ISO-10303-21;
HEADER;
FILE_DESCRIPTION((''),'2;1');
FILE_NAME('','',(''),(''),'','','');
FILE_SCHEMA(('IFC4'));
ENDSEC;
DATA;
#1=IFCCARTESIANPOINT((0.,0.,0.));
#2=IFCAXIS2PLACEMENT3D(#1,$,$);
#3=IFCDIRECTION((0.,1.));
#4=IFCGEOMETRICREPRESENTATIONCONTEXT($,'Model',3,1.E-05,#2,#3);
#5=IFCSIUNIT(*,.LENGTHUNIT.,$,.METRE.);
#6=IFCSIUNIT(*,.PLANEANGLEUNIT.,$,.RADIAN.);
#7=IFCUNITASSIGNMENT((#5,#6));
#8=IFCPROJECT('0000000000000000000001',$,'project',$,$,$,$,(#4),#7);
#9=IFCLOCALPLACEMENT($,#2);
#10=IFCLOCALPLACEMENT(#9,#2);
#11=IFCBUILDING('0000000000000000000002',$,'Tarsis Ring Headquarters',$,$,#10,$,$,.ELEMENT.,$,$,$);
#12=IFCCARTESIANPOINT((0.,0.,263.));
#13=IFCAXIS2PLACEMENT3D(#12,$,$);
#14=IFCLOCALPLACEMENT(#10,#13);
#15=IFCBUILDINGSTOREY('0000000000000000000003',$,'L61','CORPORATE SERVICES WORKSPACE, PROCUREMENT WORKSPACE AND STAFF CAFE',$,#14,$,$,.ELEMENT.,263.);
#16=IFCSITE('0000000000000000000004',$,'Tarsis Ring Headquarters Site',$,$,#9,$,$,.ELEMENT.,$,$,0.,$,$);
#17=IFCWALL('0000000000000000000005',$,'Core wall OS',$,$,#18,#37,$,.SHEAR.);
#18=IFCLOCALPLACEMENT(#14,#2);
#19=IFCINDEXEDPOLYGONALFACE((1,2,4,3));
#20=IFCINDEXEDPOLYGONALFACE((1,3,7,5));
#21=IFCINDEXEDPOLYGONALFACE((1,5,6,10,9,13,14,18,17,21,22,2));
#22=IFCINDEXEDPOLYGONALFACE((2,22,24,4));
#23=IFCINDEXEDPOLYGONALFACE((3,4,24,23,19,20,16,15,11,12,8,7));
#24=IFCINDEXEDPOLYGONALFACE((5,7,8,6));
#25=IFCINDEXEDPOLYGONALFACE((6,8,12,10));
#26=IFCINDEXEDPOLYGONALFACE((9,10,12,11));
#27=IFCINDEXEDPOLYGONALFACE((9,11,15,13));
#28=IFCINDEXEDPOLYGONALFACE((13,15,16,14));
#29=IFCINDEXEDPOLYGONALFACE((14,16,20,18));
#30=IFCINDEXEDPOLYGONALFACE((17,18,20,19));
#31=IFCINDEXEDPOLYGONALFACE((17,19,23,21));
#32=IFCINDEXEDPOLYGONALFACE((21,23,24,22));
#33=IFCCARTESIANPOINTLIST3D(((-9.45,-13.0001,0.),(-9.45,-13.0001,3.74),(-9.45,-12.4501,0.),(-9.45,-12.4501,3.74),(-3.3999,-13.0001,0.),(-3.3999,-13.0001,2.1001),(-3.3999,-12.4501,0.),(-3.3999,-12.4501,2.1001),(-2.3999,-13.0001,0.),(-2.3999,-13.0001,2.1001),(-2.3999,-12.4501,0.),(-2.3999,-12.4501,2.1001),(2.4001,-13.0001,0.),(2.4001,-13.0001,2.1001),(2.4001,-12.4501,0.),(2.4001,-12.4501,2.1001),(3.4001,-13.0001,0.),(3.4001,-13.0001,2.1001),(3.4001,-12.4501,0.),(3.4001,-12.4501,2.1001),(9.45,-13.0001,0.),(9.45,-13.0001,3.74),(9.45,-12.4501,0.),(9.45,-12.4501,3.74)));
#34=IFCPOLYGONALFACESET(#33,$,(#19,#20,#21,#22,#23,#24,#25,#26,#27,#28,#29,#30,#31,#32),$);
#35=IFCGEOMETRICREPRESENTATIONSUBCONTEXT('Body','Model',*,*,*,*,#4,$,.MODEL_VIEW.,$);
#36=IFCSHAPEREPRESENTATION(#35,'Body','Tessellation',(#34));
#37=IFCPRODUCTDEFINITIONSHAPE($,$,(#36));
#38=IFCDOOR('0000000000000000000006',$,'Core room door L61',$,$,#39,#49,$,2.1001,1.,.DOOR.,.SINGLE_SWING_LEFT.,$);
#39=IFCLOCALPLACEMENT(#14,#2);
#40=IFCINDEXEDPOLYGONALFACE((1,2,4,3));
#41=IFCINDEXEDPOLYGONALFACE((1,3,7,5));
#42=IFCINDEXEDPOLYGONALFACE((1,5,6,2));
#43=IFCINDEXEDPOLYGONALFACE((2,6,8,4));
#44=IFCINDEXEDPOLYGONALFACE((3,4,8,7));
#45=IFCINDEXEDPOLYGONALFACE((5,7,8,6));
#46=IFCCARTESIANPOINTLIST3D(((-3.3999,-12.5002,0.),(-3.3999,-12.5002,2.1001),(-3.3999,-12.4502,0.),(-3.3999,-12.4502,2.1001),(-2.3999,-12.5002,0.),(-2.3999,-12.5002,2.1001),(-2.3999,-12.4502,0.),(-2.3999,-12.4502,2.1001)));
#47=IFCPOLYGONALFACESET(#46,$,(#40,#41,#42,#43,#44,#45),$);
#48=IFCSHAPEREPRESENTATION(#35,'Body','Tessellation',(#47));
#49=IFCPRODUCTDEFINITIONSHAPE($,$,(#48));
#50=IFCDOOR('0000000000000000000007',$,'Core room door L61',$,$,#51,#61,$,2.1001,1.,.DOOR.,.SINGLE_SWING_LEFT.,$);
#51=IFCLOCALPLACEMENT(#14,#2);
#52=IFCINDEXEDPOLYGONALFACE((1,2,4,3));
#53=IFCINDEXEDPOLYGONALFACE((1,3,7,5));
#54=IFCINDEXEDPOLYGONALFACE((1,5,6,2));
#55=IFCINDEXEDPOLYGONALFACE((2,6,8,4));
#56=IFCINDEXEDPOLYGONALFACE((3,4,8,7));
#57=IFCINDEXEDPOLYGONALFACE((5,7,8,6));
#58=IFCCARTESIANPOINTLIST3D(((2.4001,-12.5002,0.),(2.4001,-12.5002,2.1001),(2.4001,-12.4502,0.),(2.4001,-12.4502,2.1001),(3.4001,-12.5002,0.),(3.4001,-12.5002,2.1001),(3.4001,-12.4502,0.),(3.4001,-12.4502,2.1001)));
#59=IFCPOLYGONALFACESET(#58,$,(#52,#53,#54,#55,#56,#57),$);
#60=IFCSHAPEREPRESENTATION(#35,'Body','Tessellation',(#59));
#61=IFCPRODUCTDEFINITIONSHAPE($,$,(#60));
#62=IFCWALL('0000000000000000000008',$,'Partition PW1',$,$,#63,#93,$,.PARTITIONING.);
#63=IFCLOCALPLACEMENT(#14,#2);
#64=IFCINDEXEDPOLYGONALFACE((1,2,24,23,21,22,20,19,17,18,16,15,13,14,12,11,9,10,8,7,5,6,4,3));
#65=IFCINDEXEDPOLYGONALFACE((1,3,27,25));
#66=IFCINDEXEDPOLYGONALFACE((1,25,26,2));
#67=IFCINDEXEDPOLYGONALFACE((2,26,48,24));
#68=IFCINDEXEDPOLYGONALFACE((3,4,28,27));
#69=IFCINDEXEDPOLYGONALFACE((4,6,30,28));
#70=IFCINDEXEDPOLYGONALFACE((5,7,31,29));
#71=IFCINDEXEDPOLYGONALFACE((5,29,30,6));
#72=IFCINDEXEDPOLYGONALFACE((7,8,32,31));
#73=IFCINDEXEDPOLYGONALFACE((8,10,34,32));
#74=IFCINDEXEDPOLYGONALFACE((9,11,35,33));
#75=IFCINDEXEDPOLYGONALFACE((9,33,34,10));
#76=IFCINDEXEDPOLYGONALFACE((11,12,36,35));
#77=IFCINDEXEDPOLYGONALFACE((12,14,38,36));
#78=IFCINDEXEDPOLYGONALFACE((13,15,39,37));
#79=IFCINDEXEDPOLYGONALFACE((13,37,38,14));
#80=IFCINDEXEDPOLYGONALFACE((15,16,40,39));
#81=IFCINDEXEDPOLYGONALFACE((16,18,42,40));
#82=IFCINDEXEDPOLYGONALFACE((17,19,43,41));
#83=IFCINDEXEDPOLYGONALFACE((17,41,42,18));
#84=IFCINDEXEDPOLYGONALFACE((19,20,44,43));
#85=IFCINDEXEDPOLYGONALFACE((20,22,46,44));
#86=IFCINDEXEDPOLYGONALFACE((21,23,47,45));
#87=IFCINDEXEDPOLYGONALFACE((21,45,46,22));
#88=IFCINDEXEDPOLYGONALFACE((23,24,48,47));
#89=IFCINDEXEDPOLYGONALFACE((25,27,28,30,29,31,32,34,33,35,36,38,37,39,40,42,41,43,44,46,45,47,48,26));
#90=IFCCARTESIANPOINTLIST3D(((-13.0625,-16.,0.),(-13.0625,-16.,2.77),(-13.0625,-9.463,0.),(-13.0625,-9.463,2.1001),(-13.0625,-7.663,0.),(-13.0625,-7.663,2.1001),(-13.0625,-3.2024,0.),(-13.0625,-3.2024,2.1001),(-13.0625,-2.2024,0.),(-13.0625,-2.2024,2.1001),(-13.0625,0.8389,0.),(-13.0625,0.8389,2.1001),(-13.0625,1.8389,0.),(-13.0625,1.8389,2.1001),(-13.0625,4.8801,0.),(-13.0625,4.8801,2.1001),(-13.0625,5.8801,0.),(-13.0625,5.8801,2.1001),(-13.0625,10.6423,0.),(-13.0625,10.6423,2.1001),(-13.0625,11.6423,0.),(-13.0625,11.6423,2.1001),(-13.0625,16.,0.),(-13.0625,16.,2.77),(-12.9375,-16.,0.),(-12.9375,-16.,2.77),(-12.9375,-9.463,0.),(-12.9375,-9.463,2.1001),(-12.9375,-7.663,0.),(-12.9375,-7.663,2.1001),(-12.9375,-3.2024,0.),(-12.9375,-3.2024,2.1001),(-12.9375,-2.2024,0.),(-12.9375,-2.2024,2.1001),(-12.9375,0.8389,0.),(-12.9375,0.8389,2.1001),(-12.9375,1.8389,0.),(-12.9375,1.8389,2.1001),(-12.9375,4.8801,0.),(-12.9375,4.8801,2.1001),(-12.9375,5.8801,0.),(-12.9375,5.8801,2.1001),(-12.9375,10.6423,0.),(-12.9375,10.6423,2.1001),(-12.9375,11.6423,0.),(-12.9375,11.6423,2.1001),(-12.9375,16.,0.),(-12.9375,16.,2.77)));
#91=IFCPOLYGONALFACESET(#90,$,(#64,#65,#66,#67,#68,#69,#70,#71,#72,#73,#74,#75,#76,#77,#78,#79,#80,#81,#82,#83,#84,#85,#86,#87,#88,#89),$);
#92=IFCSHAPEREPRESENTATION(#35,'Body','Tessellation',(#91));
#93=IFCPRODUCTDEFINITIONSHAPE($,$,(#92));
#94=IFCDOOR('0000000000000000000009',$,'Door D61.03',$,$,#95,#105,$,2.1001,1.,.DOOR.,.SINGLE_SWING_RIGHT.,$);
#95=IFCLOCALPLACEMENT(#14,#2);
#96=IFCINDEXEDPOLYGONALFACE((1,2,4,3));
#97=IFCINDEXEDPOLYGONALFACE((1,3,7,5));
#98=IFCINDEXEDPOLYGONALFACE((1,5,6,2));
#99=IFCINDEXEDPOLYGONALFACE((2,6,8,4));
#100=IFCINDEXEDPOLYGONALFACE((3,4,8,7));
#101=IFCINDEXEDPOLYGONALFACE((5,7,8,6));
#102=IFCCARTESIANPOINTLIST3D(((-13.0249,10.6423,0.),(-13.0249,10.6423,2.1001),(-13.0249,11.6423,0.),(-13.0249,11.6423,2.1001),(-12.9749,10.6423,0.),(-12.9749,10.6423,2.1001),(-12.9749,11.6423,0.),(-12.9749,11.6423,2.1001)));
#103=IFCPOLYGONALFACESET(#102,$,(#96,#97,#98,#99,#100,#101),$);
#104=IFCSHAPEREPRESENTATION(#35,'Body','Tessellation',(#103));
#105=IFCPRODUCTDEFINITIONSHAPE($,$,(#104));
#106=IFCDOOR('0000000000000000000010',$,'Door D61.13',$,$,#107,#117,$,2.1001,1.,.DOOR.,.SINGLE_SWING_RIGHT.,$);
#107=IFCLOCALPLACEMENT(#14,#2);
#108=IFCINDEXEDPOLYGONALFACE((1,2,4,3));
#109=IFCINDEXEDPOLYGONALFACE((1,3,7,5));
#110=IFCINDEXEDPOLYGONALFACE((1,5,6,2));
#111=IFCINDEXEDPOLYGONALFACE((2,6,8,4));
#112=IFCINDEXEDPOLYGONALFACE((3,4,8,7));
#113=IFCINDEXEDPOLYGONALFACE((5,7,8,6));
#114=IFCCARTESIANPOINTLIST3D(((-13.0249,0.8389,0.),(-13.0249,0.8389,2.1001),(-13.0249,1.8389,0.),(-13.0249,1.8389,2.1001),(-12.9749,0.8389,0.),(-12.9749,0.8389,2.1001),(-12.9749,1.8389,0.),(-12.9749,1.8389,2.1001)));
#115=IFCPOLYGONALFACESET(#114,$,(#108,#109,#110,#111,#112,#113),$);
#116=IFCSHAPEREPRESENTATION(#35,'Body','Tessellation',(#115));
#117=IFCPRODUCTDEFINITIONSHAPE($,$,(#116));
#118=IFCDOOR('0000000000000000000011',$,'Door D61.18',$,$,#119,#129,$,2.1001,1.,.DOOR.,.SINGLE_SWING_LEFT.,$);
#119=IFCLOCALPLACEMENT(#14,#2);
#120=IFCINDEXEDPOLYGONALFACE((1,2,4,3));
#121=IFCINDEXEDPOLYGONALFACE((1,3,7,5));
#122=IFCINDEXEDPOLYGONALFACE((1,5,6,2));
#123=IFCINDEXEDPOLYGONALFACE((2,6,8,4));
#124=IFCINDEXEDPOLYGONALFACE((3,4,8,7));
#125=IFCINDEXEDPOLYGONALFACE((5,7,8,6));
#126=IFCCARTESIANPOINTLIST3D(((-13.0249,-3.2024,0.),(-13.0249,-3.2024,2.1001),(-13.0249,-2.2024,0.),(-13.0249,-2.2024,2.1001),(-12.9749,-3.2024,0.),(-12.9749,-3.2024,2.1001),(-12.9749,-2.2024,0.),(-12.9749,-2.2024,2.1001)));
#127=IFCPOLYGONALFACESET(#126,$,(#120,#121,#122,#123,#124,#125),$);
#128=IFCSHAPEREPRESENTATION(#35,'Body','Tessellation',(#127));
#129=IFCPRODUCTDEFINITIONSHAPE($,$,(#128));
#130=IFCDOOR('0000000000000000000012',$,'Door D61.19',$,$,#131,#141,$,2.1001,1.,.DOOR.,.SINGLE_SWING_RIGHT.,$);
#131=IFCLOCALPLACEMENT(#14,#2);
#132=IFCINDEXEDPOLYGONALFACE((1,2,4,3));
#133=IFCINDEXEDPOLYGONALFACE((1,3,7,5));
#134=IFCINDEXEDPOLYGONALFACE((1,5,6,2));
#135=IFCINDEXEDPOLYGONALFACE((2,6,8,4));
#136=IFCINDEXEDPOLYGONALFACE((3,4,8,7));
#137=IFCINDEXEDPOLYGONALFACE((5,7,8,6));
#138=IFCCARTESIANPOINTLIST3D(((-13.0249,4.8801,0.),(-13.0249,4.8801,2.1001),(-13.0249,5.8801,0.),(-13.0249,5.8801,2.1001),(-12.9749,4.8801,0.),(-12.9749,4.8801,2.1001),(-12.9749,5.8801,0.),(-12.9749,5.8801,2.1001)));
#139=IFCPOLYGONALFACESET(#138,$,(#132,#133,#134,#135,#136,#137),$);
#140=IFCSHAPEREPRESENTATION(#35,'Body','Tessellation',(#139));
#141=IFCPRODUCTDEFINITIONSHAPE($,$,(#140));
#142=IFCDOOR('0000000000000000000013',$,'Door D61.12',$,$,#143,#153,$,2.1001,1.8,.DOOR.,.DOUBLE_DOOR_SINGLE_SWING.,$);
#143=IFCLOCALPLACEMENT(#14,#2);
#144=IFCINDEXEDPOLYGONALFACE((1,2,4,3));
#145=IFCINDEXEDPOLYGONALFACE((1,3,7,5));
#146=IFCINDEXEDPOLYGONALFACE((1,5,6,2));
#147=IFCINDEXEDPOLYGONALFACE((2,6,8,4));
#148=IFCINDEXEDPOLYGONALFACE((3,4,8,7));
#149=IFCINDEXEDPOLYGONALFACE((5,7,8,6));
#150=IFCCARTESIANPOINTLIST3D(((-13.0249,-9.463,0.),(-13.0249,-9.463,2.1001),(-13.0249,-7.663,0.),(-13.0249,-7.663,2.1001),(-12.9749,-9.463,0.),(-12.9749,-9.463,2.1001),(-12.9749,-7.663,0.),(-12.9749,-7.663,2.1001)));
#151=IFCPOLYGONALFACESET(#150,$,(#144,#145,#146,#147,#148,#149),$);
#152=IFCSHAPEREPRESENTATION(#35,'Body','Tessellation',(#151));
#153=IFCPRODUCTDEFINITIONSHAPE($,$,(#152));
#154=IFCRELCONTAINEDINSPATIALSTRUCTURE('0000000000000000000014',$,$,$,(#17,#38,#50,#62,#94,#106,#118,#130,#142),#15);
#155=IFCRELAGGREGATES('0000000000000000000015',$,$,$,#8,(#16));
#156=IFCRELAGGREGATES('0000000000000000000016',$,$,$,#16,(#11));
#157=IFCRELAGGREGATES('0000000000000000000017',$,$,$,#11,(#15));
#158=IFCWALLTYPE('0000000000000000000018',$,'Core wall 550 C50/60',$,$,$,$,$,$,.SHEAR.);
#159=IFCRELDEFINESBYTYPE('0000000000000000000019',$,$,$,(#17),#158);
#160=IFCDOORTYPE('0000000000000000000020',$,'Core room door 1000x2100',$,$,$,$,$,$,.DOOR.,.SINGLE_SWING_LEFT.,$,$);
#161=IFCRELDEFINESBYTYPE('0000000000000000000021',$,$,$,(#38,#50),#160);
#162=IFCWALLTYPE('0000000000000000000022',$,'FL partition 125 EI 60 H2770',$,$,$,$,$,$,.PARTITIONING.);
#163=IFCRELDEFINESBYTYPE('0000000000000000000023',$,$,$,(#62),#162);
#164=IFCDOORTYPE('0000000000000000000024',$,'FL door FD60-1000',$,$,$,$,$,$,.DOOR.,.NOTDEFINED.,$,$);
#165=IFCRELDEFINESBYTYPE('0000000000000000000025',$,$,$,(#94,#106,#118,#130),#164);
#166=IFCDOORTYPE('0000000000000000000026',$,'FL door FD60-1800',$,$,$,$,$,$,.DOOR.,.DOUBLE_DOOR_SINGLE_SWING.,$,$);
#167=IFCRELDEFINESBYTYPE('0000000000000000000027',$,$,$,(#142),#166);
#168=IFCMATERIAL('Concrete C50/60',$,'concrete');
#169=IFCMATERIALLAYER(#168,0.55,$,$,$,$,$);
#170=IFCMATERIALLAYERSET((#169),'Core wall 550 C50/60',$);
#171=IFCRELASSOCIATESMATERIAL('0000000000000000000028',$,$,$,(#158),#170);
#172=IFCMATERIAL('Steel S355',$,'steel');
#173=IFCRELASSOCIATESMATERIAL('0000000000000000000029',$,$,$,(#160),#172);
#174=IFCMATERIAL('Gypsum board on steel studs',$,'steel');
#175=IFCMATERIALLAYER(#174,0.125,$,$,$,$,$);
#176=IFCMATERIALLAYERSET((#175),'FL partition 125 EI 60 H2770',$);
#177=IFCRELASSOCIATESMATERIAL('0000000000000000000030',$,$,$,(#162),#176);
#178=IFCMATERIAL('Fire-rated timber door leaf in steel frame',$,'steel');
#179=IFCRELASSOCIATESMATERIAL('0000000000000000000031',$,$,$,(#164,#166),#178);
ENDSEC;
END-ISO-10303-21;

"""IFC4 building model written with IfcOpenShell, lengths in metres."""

from ifc_helpers import new_model, si_unit, direction, frame, frame_2d, origin, place, context, subcontext, project, spatial, rectangle, extrude, material, layer, layer_set, type_object, element, fill, save


model = new_model("IFC4")

# Units and contexts
model_context = context("Model", 3, precision=1e-05, world=origin(), true_north=direction((0.0, 1.0)))
body_context = subcontext(model_context, "Body", "Model", "MODEL_VIEW")
ifc_project = project(units=[si_unit("LENGTHUNIT", "METRE"), si_unit("PLANEANGLEUNIT", "RADIAN")], contexts=[model_context])

# Site, building, storey
site_placement = place(None, origin())
site = spatial("IfcSite", under=ifc_project, at=site_placement, Name="Tarsis Ring Headquarters Site", CompositionType="ELEMENT", RefElevation=0.0)
building_placement = place(site_placement, origin())
building = spatial("IfcBuilding", under=site, at=building_placement, Name="Tarsis Ring Headquarters", CompositionType="ELEMENT")
storey_placement = place(building_placement, frame((0.0, 0.0, 263.0)))
storey = spatial("IfcBuildingStorey", under=building, at=storey_placement, Name="L61", Description="CORPORATE SERVICES WORKSPACE, PROCUREMENT WORKSPACE AND STAFF CAFE", CompositionType="ELEMENT", Elevation=263.0)

# Walls, openings, doors
ifc_material_1 = material(Name="Concrete C50/60", Category="concrete")
ifc_layer_1 = layer(ifc_material_1, 0.55)
ifc_layer_set_1 = layer_set([ifc_layer_1], Name="Core wall 550 C50/60")
wall_type_1 = type_object("IfcWallType", Name="Core wall 550 C50/60", PredefinedType="SHEAR", material=ifc_layer_set_1)
ifc_material_2 = material(Name="Steel S355", Category="steel")
door_type_1 = type_object("IfcDoorType", Name="Core room door 1000x2100", OperationType="SINGLE_SWING_LEFT", PredefinedType="DOOR", material=ifc_material_2)
wall_1_placement = place(storey_placement, frame((-9.45, -12.7251, 0.0), z_axis=(0.0, 0.0, 1.0), x_axis=(1.0, 0.0, 0.0)))
wall_1 = element("IfcWall", 1, at=wall_1_placement, inside=storey, type_object=wall_type_1, Name="Core wall OS", PredefinedType="SHEAR", context=body_context, shape_type="SweptSolid", body=[
    extrude(rectangle(XDim=18.8999, YDim=0.55, at=frame_2d((9.45, 0.0))), origin(), (0.0, 0.0, 1.0), 3.74),
])
opening_1_placement = place(wall_1_placement, frame((6.05, 0.0, 0.0)))
opening_1 = element("IfcOpeningElement", 2, at=opening_1_placement, cuts=wall_1, PredefinedType="OPENING", context=body_context, shape_type="SweptSolid", body=[
    extrude(rectangle(XDim=1.0, YDim=2.1001, at=frame_2d((0.5, 1.05))), frame((0.0, 0.2849, 0.0), z_axis=(0.0, -1.0, 0.0), x_axis=(1.0, 0.0, 0.0)), (0.0, 0.0, 1.0), 0.5701),
])
opening_2_placement = place(wall_1_placement, frame((11.8501, 0.0, 0.0)))
opening_2 = element("IfcOpeningElement", 3, at=opening_2_placement, cuts=wall_1, PredefinedType="OPENING", context=body_context, shape_type="SweptSolid", body=[
    extrude(rectangle(XDim=1.0, YDim=2.1001, at=frame_2d((0.5, 1.05))), frame((0.0, 0.2849, 0.0), z_axis=(0.0, -1.0, 0.0), x_axis=(1.0, 0.0, 0.0)), (0.0, 0.0, 1.0), 0.5701),
])
door_1_placement = place(opening_1_placement, origin())
door_1 = element("IfcDoor", 4, at=door_1_placement, inside=storey, type_object=door_type_1, Name="Core room door L61", OperationType="SINGLE_SWING_LEFT", OverallHeight=2.1001, OverallWidth=1.0, PredefinedType="DOOR", context=body_context, shape_type="SweptSolid", body=[
    extrude(rectangle(XDim=1.0, YDim=2.1001, at=frame_2d((0.5, 1.05))), frame((0.0, 0.2749, 0.0), z_axis=(0.0, -1.0, 0.0), x_axis=(1.0, 0.0, 0.0)), (0.0, 0.0, 1.0), 0.05),
])
fill(opening_1, door_1)
door_2_placement = place(opening_2_placement, origin())
door_2 = element("IfcDoor", 5, at=door_2_placement, inside=storey, type_object=door_type_1, Name="Core room door L61", OperationType="SINGLE_SWING_LEFT", OverallHeight=2.1001, OverallWidth=1.0, PredefinedType="DOOR", context=body_context, shape_type="SweptSolid", body=[
    extrude(rectangle(XDim=1.0, YDim=2.1001, at=frame_2d((0.5, 1.05))), frame((0.0, 0.2749, 0.0), z_axis=(0.0, -1.0, 0.0), x_axis=(1.0, 0.0, 0.0)), (0.0, 0.0, 1.0), 0.05),
])
fill(opening_2, door_2)
ifc_material_3 = material(Name="Gypsum board on steel studs", Category="steel")
ifc_layer_2 = layer(ifc_material_3, 0.125)
ifc_layer_set_2 = layer_set([ifc_layer_2], Name="FL partition 125 EI 60 H2770")
wall_type_2 = type_object("IfcWallType", Name="FL partition 125 EI 60 H2770", PredefinedType="PARTITIONING", material=ifc_layer_set_2)
wall_2_placement = place(storey_placement, frame((-13.0, -16.0, 0.0), z_axis=(0.0, 0.0, 1.0), x_axis=(0.0, 1.0, 0.0)))
wall_2 = element("IfcWall", 6, at=wall_2_placement, inside=storey, type_object=wall_type_2, Name="Partition PW1", PredefinedType="PARTITIONING", context=body_context, shape_type="SweptSolid", body=[
    extrude(rectangle(XDim=32.0, YDim=0.125, at=frame_2d((16.0, 0.0))), origin(), (0.0, 0.0, 1.0), 2.77),
])
opening_3_placement = place(wall_2_placement, frame((26.6423, 0.0, 0.0)))
opening_3 = element("IfcOpeningElement", 7, at=opening_3_placement, cuts=wall_2, PredefinedType="OPENING", context=body_context, shape_type="SweptSolid", body=[
    extrude(rectangle(XDim=1.0, YDim=2.1001, at=frame_2d((0.5, 1.05))), frame((0.0, 0.0725, 0.0), z_axis=(0.0, -1.0, 0.0), x_axis=(1.0, 0.0, 0.0)), (0.0, 0.0, 1.0), 0.145),
])
opening_4_placement = place(wall_2_placement, frame((6.5371, 0.0, 0.0)))
opening_4 = element("IfcOpeningElement", 8, at=opening_4_placement, cuts=wall_2, PredefinedType="OPENING", context=body_context, shape_type="SweptSolid", body=[
    extrude(rectangle(XDim=1.8, YDim=2.1001, at=frame_2d((0.8999, 1.05))), frame((0.0, 0.0725, 0.0), z_axis=(0.0, -1.0, 0.0), x_axis=(1.0, 0.0, 0.0)), (0.0, 0.0, 1.0), 0.145),
])
opening_5_placement = place(wall_2_placement, frame((16.8389, 0.0, 0.0)))
opening_5 = element("IfcOpeningElement", 9, at=opening_5_placement, cuts=wall_2, PredefinedType="OPENING", context=body_context, shape_type="SweptSolid", body=[
    extrude(rectangle(XDim=1.0, YDim=2.1001, at=frame_2d((0.5, 1.05))), frame((0.0, 0.0725, 0.0), z_axis=(0.0, -1.0, 0.0), x_axis=(1.0, 0.0, 0.0)), (0.0, 0.0, 1.0), 0.145),
])
opening_6_placement = place(wall_2_placement, frame((12.7976, 0.0, 0.0)))
opening_6 = element("IfcOpeningElement", 10, at=opening_6_placement, cuts=wall_2, PredefinedType="OPENING", context=body_context, shape_type="SweptSolid", body=[
    extrude(rectangle(XDim=1.0, YDim=2.1001, at=frame_2d((0.5, 1.05))), frame((0.0, 0.0725, 0.0), z_axis=(0.0, -1.0, 0.0), x_axis=(1.0, 0.0, 0.0)), (0.0, 0.0, 1.0), 0.145),
])
opening_7_placement = place(wall_2_placement, frame((20.8801, 0.0, 0.0)))
opening_7 = element("IfcOpeningElement", 11, at=opening_7_placement, cuts=wall_2, PredefinedType="OPENING", context=body_context, shape_type="SweptSolid", body=[
    extrude(rectangle(XDim=1.0, YDim=2.1001, at=frame_2d((0.5, 1.05))), frame((0.0, 0.0725, 0.0), z_axis=(0.0, -1.0, 0.0), x_axis=(1.0, 0.0, 0.0)), (0.0, 0.0, 1.0), 0.145),
])
ifc_material_4 = material(Name="Fire-rated timber door leaf in steel frame", Category="steel")
door_type_2 = type_object("IfcDoorType", Name="FL door FD60-1000", OperationType="NOTDEFINED", PredefinedType="DOOR", material=ifc_material_4)
door_3_placement = place(opening_3_placement, origin())
door_3 = element("IfcDoor", 12, at=door_3_placement, inside=storey, type_object=door_type_2, Name="Door D61.03", OperationType="SINGLE_SWING_RIGHT", OverallHeight=2.1001, OverallWidth=1.0, PredefinedType="DOOR", context=body_context, shape_type="SweptSolid", body=[
    extrude(rectangle(XDim=1.0, YDim=2.1001, at=frame_2d((0.5, 1.05))), frame((0.0, 0.0249, 0.0), z_axis=(0.0, -1.0, 0.0), x_axis=(1.0, 0.0, 0.0)), (0.0, 0.0, 1.0), 0.05),
])
fill(opening_3, door_3)
door_4_placement = place(opening_5_placement, origin())
door_4 = element("IfcDoor", 13, at=door_4_placement, inside=storey, type_object=door_type_2, Name="Door D61.13", OperationType="SINGLE_SWING_RIGHT", OverallHeight=2.1001, OverallWidth=1.0, PredefinedType="DOOR", context=body_context, shape_type="SweptSolid", body=[
    extrude(rectangle(XDim=1.0, YDim=2.1001, at=frame_2d((0.5, 1.05))), frame((0.0, 0.0249, 0.0), z_axis=(0.0, -1.0, 0.0), x_axis=(1.0, 0.0, 0.0)), (0.0, 0.0, 1.0), 0.05),
])
fill(opening_5, door_4)
door_5_placement = place(opening_6_placement, origin())
door_5 = element("IfcDoor", 14, at=door_5_placement, inside=storey, type_object=door_type_2, Name="Door D61.18", OperationType="SINGLE_SWING_LEFT", OverallHeight=2.1001, OverallWidth=1.0, PredefinedType="DOOR", context=body_context, shape_type="SweptSolid", body=[
    extrude(rectangle(XDim=1.0, YDim=2.1001, at=frame_2d((0.5, 1.05))), frame((0.0, 0.0249, 0.0), z_axis=(0.0, -1.0, 0.0), x_axis=(1.0, 0.0, 0.0)), (0.0, 0.0, 1.0), 0.05),
])
fill(opening_6, door_5)
door_6_placement = place(opening_7_placement, origin())
door_6 = element("IfcDoor", 15, at=door_6_placement, inside=storey, type_object=door_type_2, Name="Door D61.19", OperationType="SINGLE_SWING_RIGHT", OverallHeight=2.1001, OverallWidth=1.0, PredefinedType="DOOR", context=body_context, shape_type="SweptSolid", body=[
    extrude(rectangle(XDim=1.0, YDim=2.1001, at=frame_2d((0.5, 1.05))), frame((0.0, 0.0249, 0.0), z_axis=(0.0, -1.0, 0.0), x_axis=(1.0, 0.0, 0.0)), (0.0, 0.0, 1.0), 0.05),
])
fill(opening_7, door_6)
door_type_3 = type_object("IfcDoorType", Name="FL door FD60-1800", OperationType="DOUBLE_DOOR_SINGLE_SWING", PredefinedType="DOOR", material=ifc_material_4)
door_7_placement = place(opening_4_placement, origin())
door_7 = element("IfcDoor", 16, at=door_7_placement, inside=storey, type_object=door_type_3, Name="Door D61.12", OperationType="DOUBLE_DOOR_SINGLE_SWING", OverallHeight=2.1001, OverallWidth=1.8, PredefinedType="DOOR", context=body_context, shape_type="SweptSolid", body=[
    extrude(rectangle(XDim=1.8, YDim=2.1001, at=frame_2d((0.8999, 1.05))), frame((0.0, 0.0249, 0.0), z_axis=(0.0, -1.0, 0.0), x_axis=(1.0, 0.0, 0.0)), (0.0, 0.0, 1.0), 0.05),
])
fill(opening_4, door_7)

save(model, "model.ifc")
